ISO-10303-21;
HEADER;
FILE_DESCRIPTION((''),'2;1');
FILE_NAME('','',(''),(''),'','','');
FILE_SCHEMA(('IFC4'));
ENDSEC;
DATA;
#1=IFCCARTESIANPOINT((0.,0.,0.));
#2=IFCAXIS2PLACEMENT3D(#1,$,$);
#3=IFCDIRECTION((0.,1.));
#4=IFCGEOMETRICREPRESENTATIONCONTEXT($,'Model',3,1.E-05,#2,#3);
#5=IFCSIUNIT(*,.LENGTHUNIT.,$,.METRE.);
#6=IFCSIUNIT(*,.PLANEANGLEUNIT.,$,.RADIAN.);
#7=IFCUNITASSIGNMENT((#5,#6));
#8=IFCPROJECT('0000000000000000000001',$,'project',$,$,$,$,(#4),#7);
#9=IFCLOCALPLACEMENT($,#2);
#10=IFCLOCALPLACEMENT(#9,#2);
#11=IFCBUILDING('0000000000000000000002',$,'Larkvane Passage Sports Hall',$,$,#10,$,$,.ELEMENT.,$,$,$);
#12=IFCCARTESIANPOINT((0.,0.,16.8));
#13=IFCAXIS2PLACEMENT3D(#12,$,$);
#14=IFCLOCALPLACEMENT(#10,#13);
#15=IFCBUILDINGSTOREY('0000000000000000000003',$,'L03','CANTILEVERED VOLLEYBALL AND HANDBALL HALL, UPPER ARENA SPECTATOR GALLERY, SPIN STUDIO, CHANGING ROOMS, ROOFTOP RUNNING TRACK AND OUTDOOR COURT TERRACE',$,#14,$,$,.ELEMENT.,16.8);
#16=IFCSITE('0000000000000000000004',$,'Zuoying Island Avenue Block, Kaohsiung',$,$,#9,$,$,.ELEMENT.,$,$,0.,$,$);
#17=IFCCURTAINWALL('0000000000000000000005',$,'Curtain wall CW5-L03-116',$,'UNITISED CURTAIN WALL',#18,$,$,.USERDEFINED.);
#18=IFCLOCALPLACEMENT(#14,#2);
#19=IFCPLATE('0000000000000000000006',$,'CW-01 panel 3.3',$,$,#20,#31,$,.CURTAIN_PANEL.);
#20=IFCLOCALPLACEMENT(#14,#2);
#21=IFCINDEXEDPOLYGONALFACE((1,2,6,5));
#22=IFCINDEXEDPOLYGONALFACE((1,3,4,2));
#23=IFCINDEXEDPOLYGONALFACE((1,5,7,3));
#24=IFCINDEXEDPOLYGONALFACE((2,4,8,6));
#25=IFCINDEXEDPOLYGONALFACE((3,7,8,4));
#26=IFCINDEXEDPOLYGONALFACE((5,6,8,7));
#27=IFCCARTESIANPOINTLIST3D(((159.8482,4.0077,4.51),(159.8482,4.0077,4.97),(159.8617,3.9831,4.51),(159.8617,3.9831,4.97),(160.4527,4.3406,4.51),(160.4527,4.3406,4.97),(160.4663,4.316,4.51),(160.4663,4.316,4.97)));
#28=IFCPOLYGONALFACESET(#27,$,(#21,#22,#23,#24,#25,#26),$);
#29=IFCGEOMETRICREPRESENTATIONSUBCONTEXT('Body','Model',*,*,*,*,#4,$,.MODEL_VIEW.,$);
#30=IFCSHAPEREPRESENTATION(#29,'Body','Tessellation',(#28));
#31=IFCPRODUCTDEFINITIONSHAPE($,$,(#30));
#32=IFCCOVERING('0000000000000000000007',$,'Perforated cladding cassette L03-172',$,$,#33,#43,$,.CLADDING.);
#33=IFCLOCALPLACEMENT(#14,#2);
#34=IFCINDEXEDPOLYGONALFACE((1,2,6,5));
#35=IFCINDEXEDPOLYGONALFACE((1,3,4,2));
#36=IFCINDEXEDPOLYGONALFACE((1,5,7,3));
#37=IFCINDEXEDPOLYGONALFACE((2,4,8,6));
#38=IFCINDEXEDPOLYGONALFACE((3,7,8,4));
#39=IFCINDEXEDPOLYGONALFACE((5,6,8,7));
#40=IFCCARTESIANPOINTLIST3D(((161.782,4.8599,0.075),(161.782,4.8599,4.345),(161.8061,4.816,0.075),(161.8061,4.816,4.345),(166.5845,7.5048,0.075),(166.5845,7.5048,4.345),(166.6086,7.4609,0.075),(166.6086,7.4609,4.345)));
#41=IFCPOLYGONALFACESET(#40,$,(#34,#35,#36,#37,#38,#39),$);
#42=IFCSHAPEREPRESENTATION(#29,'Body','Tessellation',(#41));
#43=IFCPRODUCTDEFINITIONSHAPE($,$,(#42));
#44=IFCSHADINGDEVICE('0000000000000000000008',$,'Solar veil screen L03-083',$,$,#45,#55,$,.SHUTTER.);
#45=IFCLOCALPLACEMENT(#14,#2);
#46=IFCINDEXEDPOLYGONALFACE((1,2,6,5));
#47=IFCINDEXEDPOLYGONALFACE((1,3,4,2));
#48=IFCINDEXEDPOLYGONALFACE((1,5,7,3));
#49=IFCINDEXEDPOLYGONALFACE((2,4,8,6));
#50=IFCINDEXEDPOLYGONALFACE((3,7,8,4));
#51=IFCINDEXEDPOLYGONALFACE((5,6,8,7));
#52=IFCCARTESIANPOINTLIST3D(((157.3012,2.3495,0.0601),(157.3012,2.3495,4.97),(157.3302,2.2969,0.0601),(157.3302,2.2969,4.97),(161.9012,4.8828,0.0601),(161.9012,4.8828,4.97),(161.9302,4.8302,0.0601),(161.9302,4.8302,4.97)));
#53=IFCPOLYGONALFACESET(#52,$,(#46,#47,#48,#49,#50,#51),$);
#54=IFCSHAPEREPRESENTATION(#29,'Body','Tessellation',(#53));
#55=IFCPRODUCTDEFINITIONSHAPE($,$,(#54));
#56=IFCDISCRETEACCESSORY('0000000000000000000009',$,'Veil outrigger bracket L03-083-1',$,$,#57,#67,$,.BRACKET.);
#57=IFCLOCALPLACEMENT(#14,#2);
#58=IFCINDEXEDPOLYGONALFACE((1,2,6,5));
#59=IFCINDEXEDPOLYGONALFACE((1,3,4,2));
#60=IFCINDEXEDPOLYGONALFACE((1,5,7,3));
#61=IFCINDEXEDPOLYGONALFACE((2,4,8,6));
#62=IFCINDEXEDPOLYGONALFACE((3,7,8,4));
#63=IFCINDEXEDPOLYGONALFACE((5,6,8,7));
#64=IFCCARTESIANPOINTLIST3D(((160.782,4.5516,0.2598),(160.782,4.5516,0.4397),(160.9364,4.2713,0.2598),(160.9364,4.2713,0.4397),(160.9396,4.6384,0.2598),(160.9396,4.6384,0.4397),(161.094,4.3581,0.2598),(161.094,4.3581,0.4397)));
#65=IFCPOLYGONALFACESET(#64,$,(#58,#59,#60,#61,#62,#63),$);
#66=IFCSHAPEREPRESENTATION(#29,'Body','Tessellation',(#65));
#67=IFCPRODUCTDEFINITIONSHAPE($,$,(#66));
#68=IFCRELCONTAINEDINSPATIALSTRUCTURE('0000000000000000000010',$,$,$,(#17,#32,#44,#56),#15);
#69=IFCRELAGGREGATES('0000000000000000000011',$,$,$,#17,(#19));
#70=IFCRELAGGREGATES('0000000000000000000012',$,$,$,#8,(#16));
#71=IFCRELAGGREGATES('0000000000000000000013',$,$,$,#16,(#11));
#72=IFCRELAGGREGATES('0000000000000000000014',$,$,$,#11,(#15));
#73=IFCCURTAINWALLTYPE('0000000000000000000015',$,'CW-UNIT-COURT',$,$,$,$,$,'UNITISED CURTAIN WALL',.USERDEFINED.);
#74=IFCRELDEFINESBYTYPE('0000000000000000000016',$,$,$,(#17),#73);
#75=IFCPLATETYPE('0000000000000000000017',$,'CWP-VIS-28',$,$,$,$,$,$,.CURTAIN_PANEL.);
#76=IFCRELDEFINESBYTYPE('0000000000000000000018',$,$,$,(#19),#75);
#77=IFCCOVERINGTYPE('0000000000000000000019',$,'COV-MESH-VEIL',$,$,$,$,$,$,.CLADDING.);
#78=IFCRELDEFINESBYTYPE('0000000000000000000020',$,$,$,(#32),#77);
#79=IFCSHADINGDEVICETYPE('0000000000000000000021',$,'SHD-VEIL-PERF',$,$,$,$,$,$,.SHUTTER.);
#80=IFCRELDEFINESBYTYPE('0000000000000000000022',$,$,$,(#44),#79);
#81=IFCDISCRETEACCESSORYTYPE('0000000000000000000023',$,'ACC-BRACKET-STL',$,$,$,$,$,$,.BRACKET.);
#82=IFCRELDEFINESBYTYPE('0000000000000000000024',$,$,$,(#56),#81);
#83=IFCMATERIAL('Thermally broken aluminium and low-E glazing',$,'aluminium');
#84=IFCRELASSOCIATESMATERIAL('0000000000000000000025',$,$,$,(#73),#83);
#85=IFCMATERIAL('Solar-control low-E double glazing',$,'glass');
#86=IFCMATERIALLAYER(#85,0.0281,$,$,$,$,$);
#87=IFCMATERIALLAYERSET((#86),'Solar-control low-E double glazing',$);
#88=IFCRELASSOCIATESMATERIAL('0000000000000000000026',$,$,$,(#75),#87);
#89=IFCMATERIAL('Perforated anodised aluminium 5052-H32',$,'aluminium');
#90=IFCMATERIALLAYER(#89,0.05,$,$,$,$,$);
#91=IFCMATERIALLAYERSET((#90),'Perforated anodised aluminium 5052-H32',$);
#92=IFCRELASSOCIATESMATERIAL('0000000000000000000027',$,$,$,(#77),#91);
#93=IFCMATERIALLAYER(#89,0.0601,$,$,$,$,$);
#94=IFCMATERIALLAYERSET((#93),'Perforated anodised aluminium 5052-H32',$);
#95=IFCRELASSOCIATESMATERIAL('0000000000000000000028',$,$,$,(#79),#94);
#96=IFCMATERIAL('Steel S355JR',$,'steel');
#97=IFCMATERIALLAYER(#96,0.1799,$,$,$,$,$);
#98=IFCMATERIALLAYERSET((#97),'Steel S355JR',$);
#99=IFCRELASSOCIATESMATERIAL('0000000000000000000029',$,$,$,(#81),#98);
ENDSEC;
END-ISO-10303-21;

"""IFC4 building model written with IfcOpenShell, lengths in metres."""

from ifc_helpers import new_model, si_unit, direction, frame, origin, origin_2d, place, context, subcontext, project, spatial, rectangle, extrude, material, layer, layer_set, type_object, element, aggregate, save


model = new_model("IFC4")

# Units and contexts
model_context = context("Model", 3, precision=1e-05, world=origin(), true_north=direction((0.0, 1.0)))
body_context = subcontext(model_context, "Body", "Model", "MODEL_VIEW")
ifc_project = project(units=[si_unit("LENGTHUNIT", "METRE"), si_unit("PLANEANGLEUNIT", "RADIAN")], contexts=[model_context])

# Site, building, storey
site_placement = place(None, origin())
site = spatial("IfcSite", under=ifc_project, at=site_placement, Name="Zuoying Island Avenue Block, Kaohsiung", CompositionType="ELEMENT", RefElevation=0.0)
building_placement = place(site_placement, origin())
building = spatial("IfcBuilding", under=site, at=building_placement, Name="Larkvane Passage Sports Hall", CompositionType="ELEMENT")
storey_placement = place(building_placement, frame((0.0, 0.0, 16.8)))
storey = spatial("IfcBuildingStorey", under=building, at=storey_placement, Name="L03", Description="CANTILEVERED VOLLEYBALL AND HANDBALL HALL, UPPER ARENA SPECTATOR GALLERY, SPIN STUDIO, CHANGING ROOMS, ROOFTOP RUNNING TRACK AND OUTDOOR COURT TERRACE", CompositionType="ELEMENT", Elevation=16.8)

# Curtain wall, plate
ifc_material_1 = material(Name="Thermally broken aluminium and low-E glazing", Category="aluminium")
curtain_wall_type = type_object("IfcCurtainWallType", Name="CW-UNIT-COURT", ElementType="UNITISED CURTAIN WALL", PredefinedType="USERDEFINED", material=ifc_material_1)
curtain_wall_placement = place(storey_placement, origin())
curtain_wall = element("IfcCurtainWall", 1, at=curtain_wall_placement, inside=storey, type_object=curtain_wall_type, Name="Curtain wall CW5-L03-116", ObjectType="UNITISED CURTAIN WALL", PredefinedType="USERDEFINED")
ifc_material_2 = material(Name="Solar-control low-E double glazing", Category="glass")
ifc_layer_1 = layer(ifc_material_2, 0.0281)
ifc_layer_set_1 = layer_set([ifc_layer_1], Name="Solar-control low-E double glazing")
plate_type_1 = type_object("IfcPlateType", Name="CWP-VIS-28", PredefinedType="CURTAIN_PANEL", material=ifc_layer_set_1)
plate_1_placement = place(storey_placement, frame((160.1572, 4.1619, 4.51), z_axis=(0.0, 0.0, 1.0), x_axis=(-0.875942, -0.482416, 0.0)))
plate_1 = element("IfcPlate", 2, at=plate_1_placement, type_object=plate_type_1, Name="CW-01 panel 3.3", PredefinedType="CURTAIN_PANEL", context=body_context, shape_type="SweptSolid", body=[
    extrude(rectangle(XDim=0.6902, YDim=0.0281, at=origin_2d()), origin(), (0.0, 0.0, 1.0), 0.46),
])
aggregate(curtain_wall, [plate_1])

# Covering
ifc_material_3 = material(Name="Perforated anodised aluminium 5052-H32", Category="aluminium")
ifc_layer_2 = layer(ifc_material_3, 0.05)
ifc_layer_set_2 = layer_set([ifc_layer_2], Name="Perforated anodised aluminium 5052-H32")
covering_type = type_object("IfcCoveringType", Name="COV-MESH-VEIL", PredefinedType="CLADDING", material=ifc_layer_set_2)
covering_placement = place(storey_placement, frame((164.1953, 6.1604, 0.075), z_axis=(0.0, 0.0, 1.0), x_axis=(-0.875948, -0.482406, 0.0)))
element("IfcCovering", 3, at=covering_placement, inside=storey, type_object=covering_type, Name="Perforated cladding cassette L03-172", PredefinedType="CLADDING", context=body_context, shape_type="SweptSolid", body=[
    extrude(rectangle(XDim=5.4827, YDim=0.05, at=origin_2d()), origin(), (0.0, 0.0, 1.0), 4.27),
])

# Shading device
ifc_layer_3 = layer(ifc_material_3, 0.0601)
ifc_layer_set_3 = layer_set([ifc_layer_3], Name="Perforated anodised aluminium 5052-H32")
shading_device_type = type_object("IfcShadingDeviceType", Name="SHD-VEIL-PERF", PredefinedType="SHUTTER", material=ifc_layer_set_3)
shading_device_placement = place(storey_placement, frame((159.6157, 3.5898, 0.0601), z_axis=(0.0, 0.0, 1.0), x_axis=(-0.875948, -0.482406, 0.0)))
element("IfcShadingDevice", 4, at=shading_device_placement, inside=storey, type_object=shading_device_type, Name="Solar veil screen L03-083", PredefinedType="SHUTTER", context=body_context, shape_type="SweptSolid", body=[
    extrude(rectangle(XDim=5.2515, YDim=0.0601, at=origin_2d()), origin(), (0.0, 0.0, 1.0), 4.9099),
])

# Discrete accessory
ifc_material_4 = material(Name="Steel S355JR", Category="steel")
ifc_layer_4 = layer(ifc_material_4, 0.1799)
ifc_layer_set_4 = layer_set([ifc_layer_4], Name="Steel S355JR")
discrete_accessory_type = type_object("IfcDiscreteAccessoryType", Name="ACC-BRACKET-STL", PredefinedType="BRACKET", material=ifc_layer_set_4)
discrete_accessory_placement = place(storey_placement, frame((160.938, 4.4548, 0.2598), z_axis=(0.0, 0.0, 1.0), x_axis=(-0.875948, -0.482406, 0.0)))
element("IfcDiscreteAccessory", 5, at=discrete_accessory_placement, inside=storey, type_object=discrete_accessory_type, Name="Veil outrigger bracket L03-083-1", PredefinedType="BRACKET", context=body_context, shape_type="SweptSolid", body=[
    extrude(rectangle(XDim=0.1799, YDim=0.3201, at=origin_2d()), origin(), (0.0, 0.0, 1.0), 0.1799),
])

save(model, "model.ifc")
